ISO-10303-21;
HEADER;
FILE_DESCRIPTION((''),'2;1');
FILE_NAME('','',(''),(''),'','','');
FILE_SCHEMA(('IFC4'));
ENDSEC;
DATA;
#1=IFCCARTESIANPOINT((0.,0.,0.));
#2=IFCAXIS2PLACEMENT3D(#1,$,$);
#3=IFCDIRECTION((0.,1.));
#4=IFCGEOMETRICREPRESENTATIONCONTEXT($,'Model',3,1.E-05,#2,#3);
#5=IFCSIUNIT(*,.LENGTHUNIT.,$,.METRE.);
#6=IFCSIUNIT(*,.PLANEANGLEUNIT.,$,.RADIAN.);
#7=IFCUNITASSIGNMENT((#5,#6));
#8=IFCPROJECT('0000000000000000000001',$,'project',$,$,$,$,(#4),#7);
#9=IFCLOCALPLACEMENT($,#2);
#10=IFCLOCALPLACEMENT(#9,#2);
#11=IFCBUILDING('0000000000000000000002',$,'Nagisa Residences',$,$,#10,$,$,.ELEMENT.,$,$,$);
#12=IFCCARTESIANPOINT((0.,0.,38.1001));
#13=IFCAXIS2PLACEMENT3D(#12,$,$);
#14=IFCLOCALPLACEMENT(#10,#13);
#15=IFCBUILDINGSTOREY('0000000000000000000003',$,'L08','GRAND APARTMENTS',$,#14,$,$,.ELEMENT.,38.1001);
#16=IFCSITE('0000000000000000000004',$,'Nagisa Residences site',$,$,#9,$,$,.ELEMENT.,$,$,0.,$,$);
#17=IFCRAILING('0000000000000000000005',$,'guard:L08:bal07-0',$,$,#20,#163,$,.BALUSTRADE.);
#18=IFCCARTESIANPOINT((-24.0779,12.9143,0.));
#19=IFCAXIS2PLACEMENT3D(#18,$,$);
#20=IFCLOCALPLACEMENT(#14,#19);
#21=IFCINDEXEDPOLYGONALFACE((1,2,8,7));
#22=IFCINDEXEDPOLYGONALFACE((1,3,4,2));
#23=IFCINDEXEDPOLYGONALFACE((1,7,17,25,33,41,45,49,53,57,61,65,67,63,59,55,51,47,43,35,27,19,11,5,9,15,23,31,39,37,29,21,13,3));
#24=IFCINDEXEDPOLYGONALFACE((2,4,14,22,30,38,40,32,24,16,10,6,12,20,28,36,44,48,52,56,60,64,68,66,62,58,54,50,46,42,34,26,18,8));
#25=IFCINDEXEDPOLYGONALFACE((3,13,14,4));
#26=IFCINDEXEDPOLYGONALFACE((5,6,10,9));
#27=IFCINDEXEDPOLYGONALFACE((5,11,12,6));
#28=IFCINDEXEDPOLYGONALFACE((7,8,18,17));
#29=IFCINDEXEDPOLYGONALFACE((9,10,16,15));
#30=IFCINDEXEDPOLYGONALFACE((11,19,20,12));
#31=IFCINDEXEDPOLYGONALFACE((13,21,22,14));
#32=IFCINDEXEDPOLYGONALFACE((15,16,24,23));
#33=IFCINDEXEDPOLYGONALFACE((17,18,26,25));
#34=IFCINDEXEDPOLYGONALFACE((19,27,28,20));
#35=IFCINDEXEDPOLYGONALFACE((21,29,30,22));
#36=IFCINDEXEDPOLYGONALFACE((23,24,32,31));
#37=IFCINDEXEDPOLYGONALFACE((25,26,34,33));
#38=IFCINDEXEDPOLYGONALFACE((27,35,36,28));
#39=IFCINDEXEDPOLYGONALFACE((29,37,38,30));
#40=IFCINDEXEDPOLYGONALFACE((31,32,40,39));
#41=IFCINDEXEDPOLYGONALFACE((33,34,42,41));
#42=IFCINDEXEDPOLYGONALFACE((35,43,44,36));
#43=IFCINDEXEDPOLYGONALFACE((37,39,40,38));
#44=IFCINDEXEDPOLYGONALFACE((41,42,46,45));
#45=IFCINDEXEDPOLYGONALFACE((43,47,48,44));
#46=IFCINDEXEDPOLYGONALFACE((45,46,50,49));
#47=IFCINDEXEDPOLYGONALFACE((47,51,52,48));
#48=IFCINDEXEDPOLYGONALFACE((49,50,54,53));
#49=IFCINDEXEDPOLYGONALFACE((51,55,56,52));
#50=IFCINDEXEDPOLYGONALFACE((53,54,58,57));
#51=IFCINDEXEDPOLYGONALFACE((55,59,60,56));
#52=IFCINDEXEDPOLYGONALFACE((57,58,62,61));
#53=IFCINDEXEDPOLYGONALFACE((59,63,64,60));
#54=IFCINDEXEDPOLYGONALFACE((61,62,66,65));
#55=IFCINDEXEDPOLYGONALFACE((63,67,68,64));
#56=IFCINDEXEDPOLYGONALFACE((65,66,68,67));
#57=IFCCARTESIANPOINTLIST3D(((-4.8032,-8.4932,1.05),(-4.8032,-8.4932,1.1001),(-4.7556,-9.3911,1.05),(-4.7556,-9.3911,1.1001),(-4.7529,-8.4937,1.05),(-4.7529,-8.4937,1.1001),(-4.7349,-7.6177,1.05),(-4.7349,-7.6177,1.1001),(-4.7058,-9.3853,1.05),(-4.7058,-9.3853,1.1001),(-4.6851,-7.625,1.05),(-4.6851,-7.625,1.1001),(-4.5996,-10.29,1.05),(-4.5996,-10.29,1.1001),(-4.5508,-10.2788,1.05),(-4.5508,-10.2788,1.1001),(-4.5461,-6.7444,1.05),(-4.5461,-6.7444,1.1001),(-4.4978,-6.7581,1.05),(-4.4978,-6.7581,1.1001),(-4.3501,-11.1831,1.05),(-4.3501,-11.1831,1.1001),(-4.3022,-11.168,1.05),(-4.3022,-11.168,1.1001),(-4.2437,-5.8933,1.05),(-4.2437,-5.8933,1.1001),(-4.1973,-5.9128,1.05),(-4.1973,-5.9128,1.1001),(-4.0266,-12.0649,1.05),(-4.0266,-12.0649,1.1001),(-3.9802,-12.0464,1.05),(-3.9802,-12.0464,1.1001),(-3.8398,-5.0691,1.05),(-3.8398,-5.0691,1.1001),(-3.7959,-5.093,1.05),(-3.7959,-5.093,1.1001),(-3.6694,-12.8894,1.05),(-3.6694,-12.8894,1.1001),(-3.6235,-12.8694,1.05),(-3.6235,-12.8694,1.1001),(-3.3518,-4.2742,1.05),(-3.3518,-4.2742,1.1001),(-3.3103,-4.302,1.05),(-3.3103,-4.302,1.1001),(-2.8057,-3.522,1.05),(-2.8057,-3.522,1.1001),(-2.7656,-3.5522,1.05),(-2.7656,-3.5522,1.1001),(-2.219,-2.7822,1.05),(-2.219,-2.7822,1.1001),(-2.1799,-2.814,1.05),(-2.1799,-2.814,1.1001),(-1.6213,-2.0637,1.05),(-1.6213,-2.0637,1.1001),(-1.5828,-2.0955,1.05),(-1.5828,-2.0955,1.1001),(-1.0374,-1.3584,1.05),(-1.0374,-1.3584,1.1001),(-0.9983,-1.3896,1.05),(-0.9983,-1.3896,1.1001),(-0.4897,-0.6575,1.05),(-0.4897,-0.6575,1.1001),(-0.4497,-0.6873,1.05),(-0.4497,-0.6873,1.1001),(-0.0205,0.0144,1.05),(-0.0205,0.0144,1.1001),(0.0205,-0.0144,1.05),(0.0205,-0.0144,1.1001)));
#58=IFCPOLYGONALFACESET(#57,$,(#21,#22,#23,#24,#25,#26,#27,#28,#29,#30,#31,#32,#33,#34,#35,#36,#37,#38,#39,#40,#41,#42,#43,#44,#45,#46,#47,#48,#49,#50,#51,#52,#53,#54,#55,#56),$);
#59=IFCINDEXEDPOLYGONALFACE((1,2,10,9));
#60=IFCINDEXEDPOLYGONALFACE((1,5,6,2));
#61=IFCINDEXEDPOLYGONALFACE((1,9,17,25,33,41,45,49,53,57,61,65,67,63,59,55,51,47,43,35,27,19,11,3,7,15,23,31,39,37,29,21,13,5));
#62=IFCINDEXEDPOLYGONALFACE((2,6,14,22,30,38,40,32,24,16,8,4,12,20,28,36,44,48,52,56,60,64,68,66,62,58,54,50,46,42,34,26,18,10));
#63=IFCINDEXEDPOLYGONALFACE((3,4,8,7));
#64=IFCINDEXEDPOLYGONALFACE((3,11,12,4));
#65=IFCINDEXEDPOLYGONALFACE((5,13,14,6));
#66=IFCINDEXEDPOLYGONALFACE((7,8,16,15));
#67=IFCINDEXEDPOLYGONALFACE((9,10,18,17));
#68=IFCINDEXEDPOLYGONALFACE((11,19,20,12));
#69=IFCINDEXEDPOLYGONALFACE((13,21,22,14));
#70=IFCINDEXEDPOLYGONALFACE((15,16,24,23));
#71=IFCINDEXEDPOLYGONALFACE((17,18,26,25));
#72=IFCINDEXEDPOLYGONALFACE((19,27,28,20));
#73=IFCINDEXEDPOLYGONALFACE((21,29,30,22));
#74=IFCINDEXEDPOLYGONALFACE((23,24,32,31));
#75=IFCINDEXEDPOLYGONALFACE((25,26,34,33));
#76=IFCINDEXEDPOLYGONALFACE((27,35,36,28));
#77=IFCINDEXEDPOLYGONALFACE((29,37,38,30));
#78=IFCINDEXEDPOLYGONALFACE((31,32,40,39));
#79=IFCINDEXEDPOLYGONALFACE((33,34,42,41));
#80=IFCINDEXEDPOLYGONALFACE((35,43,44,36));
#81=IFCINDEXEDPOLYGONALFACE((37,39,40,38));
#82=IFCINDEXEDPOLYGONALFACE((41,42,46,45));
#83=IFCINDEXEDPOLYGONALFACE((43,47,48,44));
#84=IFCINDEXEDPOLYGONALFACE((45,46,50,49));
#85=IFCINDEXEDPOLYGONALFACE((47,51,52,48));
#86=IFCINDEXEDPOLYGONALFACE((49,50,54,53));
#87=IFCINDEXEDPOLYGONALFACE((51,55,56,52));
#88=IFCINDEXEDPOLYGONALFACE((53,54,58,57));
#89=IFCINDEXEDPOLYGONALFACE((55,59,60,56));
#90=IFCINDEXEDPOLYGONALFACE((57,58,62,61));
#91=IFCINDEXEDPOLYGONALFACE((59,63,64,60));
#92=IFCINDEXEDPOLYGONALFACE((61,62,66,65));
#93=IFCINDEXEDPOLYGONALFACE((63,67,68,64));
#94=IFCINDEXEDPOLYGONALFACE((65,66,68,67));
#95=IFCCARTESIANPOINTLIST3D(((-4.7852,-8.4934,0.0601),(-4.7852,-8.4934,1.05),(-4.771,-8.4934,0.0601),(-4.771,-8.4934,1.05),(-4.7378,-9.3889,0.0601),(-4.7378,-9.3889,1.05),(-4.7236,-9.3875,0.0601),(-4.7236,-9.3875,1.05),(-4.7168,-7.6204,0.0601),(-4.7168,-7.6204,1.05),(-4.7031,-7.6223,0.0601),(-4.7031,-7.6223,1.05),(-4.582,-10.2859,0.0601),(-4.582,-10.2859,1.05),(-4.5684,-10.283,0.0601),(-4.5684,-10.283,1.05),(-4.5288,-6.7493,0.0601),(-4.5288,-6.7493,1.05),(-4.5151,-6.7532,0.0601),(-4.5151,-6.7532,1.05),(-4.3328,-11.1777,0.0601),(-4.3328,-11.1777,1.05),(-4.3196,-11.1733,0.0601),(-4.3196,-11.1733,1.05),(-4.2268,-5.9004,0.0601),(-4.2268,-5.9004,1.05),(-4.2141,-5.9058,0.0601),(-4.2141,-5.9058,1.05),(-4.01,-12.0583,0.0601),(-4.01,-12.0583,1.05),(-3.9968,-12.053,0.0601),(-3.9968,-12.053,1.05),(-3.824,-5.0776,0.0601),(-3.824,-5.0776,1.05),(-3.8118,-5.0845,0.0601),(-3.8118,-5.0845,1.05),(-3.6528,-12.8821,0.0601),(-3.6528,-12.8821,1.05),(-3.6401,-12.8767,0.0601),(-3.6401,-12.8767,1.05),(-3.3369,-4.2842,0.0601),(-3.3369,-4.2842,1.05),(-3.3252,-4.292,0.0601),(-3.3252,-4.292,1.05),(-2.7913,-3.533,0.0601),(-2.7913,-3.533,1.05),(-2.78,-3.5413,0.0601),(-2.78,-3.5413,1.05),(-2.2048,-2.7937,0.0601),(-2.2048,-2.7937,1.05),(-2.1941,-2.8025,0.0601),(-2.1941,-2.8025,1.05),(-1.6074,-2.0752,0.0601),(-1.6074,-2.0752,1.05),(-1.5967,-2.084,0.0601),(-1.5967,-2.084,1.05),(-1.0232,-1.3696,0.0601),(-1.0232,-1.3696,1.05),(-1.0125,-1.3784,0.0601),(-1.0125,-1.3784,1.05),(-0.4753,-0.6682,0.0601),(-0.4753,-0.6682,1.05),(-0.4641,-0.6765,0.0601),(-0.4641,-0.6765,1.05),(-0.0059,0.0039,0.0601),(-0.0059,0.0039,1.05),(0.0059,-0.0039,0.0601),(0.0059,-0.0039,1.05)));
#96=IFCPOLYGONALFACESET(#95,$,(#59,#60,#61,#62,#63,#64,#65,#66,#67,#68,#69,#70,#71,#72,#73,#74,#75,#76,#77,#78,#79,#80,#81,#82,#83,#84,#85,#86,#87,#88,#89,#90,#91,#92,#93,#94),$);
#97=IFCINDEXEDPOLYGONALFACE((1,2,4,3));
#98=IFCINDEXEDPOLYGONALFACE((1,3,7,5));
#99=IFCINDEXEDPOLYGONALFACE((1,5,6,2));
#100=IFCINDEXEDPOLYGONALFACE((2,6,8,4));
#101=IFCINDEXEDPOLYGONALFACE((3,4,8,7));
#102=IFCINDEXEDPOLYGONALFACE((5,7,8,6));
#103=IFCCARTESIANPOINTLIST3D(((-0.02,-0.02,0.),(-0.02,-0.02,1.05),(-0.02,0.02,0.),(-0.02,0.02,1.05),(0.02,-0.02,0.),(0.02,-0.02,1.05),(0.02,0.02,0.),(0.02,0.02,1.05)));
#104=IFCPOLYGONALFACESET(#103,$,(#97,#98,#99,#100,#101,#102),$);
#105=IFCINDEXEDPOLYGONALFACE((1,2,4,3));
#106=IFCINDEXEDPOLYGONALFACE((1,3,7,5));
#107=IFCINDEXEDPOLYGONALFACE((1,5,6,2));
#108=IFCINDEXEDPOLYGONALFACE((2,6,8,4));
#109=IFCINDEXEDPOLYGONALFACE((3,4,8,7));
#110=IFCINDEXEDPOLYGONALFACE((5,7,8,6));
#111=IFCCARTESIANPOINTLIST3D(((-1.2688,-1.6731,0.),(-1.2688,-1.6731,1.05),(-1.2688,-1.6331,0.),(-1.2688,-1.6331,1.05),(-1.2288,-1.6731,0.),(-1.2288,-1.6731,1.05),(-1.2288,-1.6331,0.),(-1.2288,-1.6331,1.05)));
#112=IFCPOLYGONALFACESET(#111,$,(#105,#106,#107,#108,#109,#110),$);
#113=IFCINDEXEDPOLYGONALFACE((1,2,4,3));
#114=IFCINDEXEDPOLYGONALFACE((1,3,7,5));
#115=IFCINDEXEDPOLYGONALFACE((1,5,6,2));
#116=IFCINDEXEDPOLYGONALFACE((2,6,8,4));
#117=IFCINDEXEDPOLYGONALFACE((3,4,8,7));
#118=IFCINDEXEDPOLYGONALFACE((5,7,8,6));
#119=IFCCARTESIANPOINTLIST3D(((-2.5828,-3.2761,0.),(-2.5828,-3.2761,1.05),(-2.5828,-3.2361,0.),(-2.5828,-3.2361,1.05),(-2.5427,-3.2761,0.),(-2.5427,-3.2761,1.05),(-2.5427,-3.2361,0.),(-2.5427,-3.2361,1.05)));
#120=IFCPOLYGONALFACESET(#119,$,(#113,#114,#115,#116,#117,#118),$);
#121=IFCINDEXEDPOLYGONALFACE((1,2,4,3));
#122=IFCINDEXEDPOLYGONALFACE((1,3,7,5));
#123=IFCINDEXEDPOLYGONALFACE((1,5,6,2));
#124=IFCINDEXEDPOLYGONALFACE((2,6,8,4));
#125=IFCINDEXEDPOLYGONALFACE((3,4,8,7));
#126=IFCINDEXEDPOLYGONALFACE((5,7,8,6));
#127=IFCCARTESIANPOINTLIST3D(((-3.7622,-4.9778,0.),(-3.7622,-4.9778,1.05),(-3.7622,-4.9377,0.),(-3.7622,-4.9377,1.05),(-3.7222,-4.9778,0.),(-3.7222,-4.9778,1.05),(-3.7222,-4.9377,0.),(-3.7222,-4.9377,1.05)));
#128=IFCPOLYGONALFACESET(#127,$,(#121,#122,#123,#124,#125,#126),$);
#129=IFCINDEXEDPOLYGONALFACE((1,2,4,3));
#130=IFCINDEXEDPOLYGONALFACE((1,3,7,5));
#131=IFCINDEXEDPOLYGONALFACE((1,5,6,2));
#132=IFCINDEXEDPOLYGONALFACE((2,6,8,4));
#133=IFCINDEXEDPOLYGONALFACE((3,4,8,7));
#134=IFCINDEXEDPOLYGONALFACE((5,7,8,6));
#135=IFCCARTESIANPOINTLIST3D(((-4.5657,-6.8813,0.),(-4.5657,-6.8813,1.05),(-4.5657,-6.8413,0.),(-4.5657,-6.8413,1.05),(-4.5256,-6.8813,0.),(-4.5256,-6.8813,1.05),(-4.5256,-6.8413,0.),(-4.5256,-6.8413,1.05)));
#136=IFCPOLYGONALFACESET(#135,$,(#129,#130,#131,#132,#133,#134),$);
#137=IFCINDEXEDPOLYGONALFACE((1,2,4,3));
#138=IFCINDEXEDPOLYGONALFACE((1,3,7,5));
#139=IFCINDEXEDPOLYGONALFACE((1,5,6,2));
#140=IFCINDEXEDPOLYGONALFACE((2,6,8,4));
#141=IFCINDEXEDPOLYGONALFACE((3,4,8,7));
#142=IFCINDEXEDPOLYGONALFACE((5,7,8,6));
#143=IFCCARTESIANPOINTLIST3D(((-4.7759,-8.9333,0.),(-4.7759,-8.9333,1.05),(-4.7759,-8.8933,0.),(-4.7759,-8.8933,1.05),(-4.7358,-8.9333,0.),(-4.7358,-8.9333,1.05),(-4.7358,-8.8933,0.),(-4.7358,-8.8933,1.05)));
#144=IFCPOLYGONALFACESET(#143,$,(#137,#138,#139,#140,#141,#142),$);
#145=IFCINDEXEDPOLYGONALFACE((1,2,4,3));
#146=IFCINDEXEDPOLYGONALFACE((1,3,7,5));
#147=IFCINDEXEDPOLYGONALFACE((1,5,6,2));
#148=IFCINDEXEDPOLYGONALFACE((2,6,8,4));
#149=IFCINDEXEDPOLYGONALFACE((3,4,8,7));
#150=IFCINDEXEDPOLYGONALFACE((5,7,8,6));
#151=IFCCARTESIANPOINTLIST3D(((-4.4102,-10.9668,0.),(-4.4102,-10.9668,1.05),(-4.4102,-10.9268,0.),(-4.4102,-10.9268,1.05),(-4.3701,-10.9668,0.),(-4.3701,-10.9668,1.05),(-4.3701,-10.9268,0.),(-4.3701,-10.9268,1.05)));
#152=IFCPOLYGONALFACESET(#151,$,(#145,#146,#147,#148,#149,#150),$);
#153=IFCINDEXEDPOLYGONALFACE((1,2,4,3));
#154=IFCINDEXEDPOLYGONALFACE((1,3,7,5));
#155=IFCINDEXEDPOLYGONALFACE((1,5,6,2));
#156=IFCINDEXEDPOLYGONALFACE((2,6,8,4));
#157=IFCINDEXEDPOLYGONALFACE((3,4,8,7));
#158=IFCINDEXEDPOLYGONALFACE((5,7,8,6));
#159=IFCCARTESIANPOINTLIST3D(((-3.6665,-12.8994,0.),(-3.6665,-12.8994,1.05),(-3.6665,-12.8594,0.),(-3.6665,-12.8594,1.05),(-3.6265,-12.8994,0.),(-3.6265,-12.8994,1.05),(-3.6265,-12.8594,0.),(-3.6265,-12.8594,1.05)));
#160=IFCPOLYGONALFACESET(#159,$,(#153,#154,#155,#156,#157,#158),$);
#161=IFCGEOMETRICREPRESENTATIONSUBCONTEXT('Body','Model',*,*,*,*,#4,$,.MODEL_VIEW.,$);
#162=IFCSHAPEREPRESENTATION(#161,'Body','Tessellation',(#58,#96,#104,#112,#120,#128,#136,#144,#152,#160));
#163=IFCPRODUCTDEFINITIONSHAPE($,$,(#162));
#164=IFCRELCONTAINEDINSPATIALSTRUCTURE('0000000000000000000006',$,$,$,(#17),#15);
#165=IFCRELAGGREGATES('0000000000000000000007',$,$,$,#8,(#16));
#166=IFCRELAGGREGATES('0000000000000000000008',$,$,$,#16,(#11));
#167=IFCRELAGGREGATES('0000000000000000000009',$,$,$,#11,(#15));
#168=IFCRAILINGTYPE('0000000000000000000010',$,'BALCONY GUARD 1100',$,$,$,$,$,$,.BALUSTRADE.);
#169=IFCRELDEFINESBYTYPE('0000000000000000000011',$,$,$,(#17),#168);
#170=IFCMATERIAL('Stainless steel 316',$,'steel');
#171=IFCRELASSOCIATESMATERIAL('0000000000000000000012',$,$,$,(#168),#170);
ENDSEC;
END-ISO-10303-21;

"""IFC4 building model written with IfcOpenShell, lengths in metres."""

from ifc_helpers import new_model, si_unit, direction, frame, origin, origin_2d, place, context, subcontext, project, spatial, polyline, rectangle, outline, extrude, material, type_object, element, save


model = new_model("IFC4")

# Units and contexts
model_context = context("Model", 3, precision=1e-05, world=origin(), true_north=direction((0.0, 1.0)))
body_context = subcontext(model_context, "Body", "Model", "MODEL_VIEW")
ifc_project = project(units=[si_unit("LENGTHUNIT", "METRE"), si_unit("PLANEANGLEUNIT", "RADIAN")], contexts=[model_context])

# Site, building, storey
site_placement = place(None, origin())
site = spatial("IfcSite", under=ifc_project, at=site_placement, Name="Nagisa Residences site", CompositionType="ELEMENT", RefElevation=0.0)
building_placement = place(site_placement, origin())
building = spatial("IfcBuilding", under=site, at=building_placement, Name="Nagisa Residences", CompositionType="ELEMENT")
storey_placement = place(building_placement, frame((0.0, 0.0, 38.1001)))
storey = spatial("IfcBuildingStorey", under=building, at=storey_placement, Name="L08", Description="GRAND APARTMENTS", CompositionType="ELEMENT", Elevation=38.1001)

# Railing
ifc_material_1 = material(Name="Stainless steel 316", Category="steel")
railing_type = type_object("IfcRailingType", Name="BALCONY GUARD 1100", PredefinedType="BALUSTRADE", material=ifc_material_1)
railing_1_placement = place(storey_placement, frame((-24.0779, 12.9143, 0.0)))
element("IfcRailing", 1, at=railing_1_placement, inside=storey, type_object=railing_type, Name="guard:L08:bal07-0", PredefinedType="BALUSTRADE", context=body_context, shape_type="SweptSolid", body=[
    extrude(outline(polyline([(-0.4497, -0.6873), (0.0205, -0.0144), (-0.0205, 0.0144), (-0.4897, -0.6575), (-1.0374, -1.3584), (-1.6213, -2.0637), (-2.219, -2.7822), (-2.8057, -3.522), (-3.3518, -4.2742), (-3.8398, -5.0691), (-4.2437, -5.8933), (-4.5461, -6.7444), (-4.7349, -7.6177), (-4.8032, -8.4932), (-4.7556, -9.3911), (-4.5996, -10.29), (-4.3501, -11.1831), (-4.0266, -12.0649), (-3.6694, -12.8894), (-3.6235, -12.8694), (-3.9802, -12.0464), (-4.3022, -11.168), (-4.5508, -10.2788), (-4.7058, -9.3853), (-4.7529, -8.4937), (-4.6851, -7.625), (-4.4978, -6.7581), (-4.1973, -5.9128), (-3.7959, -5.093), (-3.3103, -4.302), (-2.7656, -3.5522), (-2.1799, -2.814), (-1.5828, -2.0955), (-0.9983, -1.3896), (-0.4497, -0.6873)])), frame((0.0, 0.0, 1.05)), (0.0, 0.0, 1.0), 0.05),
    extrude(outline(polyline([(-0.4641, -0.6765), (0.0059, -0.0039), (-0.0059, 0.0039), (-0.4753, -0.6682), (-1.0232, -1.3696), (-1.6074, -2.0752), (-2.2048, -2.7937), (-2.7913, -3.533), (-3.3369, -4.2842), (-3.824, -5.0776), (-4.2268, -5.9004), (-4.5288, -6.7493), (-4.7168, -7.6204), (-4.7852, -8.4934), (-4.7378, -9.3889), (-4.582, -10.2859), (-4.3328, -11.1777), (-4.01, -12.0583), (-3.6528, -12.8821), (-3.6401, -12.8767), (-3.9968, -12.053), (-4.3196, -11.1733), (-4.5684, -10.283), (-4.7236, -9.3875), (-4.771, -8.4934), (-4.7031, -7.6223), (-4.5151, -6.7532), (-4.2141, -5.9058), (-3.8118, -5.0845), (-3.3252, -4.292), (-2.78, -3.5413), (-2.1941, -2.8025), (-1.5967, -2.084), (-1.0125, -1.3784), (-0.4641, -0.6765)])), frame((0.0, 0.0, 0.0601)), (0.0, 0.0, 1.0), 0.99),
    extrude(rectangle(XDim=0.04, YDim=0.04, at=origin_2d()), origin(), (0.0, 0.0, 1.0), 1.05),
    extrude(rectangle(XDim=0.04, YDim=0.04, at=origin_2d()), frame((-1.2488, -1.6531, 0.0)), (0.0, 0.0, 1.0), 1.05),
    extrude(rectangle(XDim=0.04, YDim=0.04, at=origin_2d()), frame((-2.5627, -3.2561, 0.0)), (0.0, 0.0, 1.0), 1.05),
    extrude(rectangle(XDim=0.04, YDim=0.04, at=origin_2d()), frame((-3.7422, -4.9578, 0.0)), (0.0, 0.0, 1.0), 1.05),
    extrude(rectangle(XDim=0.04, YDim=0.04, at=origin_2d()), frame((-4.5457, -6.8613, 0.0)), (0.0, 0.0, 1.0), 1.05),
    extrude(rectangle(XDim=0.04, YDim=0.04, at=origin_2d()), frame((-4.7559, -8.9133, 0.0)), (0.0, 0.0, 1.0), 1.05),
    extrude(rectangle(XDim=0.04, YDim=0.04, at=origin_2d()), frame((-4.3901, -10.9468, 0.0)), (0.0, 0.0, 1.0), 1.05),
    extrude(rectangle(XDim=0.04, YDim=0.04, at=origin_2d()), frame((-3.6465, -12.8794, 0.0)), (0.0, 0.0, 1.0), 1.05),
])

save(model, "model.ifc")
